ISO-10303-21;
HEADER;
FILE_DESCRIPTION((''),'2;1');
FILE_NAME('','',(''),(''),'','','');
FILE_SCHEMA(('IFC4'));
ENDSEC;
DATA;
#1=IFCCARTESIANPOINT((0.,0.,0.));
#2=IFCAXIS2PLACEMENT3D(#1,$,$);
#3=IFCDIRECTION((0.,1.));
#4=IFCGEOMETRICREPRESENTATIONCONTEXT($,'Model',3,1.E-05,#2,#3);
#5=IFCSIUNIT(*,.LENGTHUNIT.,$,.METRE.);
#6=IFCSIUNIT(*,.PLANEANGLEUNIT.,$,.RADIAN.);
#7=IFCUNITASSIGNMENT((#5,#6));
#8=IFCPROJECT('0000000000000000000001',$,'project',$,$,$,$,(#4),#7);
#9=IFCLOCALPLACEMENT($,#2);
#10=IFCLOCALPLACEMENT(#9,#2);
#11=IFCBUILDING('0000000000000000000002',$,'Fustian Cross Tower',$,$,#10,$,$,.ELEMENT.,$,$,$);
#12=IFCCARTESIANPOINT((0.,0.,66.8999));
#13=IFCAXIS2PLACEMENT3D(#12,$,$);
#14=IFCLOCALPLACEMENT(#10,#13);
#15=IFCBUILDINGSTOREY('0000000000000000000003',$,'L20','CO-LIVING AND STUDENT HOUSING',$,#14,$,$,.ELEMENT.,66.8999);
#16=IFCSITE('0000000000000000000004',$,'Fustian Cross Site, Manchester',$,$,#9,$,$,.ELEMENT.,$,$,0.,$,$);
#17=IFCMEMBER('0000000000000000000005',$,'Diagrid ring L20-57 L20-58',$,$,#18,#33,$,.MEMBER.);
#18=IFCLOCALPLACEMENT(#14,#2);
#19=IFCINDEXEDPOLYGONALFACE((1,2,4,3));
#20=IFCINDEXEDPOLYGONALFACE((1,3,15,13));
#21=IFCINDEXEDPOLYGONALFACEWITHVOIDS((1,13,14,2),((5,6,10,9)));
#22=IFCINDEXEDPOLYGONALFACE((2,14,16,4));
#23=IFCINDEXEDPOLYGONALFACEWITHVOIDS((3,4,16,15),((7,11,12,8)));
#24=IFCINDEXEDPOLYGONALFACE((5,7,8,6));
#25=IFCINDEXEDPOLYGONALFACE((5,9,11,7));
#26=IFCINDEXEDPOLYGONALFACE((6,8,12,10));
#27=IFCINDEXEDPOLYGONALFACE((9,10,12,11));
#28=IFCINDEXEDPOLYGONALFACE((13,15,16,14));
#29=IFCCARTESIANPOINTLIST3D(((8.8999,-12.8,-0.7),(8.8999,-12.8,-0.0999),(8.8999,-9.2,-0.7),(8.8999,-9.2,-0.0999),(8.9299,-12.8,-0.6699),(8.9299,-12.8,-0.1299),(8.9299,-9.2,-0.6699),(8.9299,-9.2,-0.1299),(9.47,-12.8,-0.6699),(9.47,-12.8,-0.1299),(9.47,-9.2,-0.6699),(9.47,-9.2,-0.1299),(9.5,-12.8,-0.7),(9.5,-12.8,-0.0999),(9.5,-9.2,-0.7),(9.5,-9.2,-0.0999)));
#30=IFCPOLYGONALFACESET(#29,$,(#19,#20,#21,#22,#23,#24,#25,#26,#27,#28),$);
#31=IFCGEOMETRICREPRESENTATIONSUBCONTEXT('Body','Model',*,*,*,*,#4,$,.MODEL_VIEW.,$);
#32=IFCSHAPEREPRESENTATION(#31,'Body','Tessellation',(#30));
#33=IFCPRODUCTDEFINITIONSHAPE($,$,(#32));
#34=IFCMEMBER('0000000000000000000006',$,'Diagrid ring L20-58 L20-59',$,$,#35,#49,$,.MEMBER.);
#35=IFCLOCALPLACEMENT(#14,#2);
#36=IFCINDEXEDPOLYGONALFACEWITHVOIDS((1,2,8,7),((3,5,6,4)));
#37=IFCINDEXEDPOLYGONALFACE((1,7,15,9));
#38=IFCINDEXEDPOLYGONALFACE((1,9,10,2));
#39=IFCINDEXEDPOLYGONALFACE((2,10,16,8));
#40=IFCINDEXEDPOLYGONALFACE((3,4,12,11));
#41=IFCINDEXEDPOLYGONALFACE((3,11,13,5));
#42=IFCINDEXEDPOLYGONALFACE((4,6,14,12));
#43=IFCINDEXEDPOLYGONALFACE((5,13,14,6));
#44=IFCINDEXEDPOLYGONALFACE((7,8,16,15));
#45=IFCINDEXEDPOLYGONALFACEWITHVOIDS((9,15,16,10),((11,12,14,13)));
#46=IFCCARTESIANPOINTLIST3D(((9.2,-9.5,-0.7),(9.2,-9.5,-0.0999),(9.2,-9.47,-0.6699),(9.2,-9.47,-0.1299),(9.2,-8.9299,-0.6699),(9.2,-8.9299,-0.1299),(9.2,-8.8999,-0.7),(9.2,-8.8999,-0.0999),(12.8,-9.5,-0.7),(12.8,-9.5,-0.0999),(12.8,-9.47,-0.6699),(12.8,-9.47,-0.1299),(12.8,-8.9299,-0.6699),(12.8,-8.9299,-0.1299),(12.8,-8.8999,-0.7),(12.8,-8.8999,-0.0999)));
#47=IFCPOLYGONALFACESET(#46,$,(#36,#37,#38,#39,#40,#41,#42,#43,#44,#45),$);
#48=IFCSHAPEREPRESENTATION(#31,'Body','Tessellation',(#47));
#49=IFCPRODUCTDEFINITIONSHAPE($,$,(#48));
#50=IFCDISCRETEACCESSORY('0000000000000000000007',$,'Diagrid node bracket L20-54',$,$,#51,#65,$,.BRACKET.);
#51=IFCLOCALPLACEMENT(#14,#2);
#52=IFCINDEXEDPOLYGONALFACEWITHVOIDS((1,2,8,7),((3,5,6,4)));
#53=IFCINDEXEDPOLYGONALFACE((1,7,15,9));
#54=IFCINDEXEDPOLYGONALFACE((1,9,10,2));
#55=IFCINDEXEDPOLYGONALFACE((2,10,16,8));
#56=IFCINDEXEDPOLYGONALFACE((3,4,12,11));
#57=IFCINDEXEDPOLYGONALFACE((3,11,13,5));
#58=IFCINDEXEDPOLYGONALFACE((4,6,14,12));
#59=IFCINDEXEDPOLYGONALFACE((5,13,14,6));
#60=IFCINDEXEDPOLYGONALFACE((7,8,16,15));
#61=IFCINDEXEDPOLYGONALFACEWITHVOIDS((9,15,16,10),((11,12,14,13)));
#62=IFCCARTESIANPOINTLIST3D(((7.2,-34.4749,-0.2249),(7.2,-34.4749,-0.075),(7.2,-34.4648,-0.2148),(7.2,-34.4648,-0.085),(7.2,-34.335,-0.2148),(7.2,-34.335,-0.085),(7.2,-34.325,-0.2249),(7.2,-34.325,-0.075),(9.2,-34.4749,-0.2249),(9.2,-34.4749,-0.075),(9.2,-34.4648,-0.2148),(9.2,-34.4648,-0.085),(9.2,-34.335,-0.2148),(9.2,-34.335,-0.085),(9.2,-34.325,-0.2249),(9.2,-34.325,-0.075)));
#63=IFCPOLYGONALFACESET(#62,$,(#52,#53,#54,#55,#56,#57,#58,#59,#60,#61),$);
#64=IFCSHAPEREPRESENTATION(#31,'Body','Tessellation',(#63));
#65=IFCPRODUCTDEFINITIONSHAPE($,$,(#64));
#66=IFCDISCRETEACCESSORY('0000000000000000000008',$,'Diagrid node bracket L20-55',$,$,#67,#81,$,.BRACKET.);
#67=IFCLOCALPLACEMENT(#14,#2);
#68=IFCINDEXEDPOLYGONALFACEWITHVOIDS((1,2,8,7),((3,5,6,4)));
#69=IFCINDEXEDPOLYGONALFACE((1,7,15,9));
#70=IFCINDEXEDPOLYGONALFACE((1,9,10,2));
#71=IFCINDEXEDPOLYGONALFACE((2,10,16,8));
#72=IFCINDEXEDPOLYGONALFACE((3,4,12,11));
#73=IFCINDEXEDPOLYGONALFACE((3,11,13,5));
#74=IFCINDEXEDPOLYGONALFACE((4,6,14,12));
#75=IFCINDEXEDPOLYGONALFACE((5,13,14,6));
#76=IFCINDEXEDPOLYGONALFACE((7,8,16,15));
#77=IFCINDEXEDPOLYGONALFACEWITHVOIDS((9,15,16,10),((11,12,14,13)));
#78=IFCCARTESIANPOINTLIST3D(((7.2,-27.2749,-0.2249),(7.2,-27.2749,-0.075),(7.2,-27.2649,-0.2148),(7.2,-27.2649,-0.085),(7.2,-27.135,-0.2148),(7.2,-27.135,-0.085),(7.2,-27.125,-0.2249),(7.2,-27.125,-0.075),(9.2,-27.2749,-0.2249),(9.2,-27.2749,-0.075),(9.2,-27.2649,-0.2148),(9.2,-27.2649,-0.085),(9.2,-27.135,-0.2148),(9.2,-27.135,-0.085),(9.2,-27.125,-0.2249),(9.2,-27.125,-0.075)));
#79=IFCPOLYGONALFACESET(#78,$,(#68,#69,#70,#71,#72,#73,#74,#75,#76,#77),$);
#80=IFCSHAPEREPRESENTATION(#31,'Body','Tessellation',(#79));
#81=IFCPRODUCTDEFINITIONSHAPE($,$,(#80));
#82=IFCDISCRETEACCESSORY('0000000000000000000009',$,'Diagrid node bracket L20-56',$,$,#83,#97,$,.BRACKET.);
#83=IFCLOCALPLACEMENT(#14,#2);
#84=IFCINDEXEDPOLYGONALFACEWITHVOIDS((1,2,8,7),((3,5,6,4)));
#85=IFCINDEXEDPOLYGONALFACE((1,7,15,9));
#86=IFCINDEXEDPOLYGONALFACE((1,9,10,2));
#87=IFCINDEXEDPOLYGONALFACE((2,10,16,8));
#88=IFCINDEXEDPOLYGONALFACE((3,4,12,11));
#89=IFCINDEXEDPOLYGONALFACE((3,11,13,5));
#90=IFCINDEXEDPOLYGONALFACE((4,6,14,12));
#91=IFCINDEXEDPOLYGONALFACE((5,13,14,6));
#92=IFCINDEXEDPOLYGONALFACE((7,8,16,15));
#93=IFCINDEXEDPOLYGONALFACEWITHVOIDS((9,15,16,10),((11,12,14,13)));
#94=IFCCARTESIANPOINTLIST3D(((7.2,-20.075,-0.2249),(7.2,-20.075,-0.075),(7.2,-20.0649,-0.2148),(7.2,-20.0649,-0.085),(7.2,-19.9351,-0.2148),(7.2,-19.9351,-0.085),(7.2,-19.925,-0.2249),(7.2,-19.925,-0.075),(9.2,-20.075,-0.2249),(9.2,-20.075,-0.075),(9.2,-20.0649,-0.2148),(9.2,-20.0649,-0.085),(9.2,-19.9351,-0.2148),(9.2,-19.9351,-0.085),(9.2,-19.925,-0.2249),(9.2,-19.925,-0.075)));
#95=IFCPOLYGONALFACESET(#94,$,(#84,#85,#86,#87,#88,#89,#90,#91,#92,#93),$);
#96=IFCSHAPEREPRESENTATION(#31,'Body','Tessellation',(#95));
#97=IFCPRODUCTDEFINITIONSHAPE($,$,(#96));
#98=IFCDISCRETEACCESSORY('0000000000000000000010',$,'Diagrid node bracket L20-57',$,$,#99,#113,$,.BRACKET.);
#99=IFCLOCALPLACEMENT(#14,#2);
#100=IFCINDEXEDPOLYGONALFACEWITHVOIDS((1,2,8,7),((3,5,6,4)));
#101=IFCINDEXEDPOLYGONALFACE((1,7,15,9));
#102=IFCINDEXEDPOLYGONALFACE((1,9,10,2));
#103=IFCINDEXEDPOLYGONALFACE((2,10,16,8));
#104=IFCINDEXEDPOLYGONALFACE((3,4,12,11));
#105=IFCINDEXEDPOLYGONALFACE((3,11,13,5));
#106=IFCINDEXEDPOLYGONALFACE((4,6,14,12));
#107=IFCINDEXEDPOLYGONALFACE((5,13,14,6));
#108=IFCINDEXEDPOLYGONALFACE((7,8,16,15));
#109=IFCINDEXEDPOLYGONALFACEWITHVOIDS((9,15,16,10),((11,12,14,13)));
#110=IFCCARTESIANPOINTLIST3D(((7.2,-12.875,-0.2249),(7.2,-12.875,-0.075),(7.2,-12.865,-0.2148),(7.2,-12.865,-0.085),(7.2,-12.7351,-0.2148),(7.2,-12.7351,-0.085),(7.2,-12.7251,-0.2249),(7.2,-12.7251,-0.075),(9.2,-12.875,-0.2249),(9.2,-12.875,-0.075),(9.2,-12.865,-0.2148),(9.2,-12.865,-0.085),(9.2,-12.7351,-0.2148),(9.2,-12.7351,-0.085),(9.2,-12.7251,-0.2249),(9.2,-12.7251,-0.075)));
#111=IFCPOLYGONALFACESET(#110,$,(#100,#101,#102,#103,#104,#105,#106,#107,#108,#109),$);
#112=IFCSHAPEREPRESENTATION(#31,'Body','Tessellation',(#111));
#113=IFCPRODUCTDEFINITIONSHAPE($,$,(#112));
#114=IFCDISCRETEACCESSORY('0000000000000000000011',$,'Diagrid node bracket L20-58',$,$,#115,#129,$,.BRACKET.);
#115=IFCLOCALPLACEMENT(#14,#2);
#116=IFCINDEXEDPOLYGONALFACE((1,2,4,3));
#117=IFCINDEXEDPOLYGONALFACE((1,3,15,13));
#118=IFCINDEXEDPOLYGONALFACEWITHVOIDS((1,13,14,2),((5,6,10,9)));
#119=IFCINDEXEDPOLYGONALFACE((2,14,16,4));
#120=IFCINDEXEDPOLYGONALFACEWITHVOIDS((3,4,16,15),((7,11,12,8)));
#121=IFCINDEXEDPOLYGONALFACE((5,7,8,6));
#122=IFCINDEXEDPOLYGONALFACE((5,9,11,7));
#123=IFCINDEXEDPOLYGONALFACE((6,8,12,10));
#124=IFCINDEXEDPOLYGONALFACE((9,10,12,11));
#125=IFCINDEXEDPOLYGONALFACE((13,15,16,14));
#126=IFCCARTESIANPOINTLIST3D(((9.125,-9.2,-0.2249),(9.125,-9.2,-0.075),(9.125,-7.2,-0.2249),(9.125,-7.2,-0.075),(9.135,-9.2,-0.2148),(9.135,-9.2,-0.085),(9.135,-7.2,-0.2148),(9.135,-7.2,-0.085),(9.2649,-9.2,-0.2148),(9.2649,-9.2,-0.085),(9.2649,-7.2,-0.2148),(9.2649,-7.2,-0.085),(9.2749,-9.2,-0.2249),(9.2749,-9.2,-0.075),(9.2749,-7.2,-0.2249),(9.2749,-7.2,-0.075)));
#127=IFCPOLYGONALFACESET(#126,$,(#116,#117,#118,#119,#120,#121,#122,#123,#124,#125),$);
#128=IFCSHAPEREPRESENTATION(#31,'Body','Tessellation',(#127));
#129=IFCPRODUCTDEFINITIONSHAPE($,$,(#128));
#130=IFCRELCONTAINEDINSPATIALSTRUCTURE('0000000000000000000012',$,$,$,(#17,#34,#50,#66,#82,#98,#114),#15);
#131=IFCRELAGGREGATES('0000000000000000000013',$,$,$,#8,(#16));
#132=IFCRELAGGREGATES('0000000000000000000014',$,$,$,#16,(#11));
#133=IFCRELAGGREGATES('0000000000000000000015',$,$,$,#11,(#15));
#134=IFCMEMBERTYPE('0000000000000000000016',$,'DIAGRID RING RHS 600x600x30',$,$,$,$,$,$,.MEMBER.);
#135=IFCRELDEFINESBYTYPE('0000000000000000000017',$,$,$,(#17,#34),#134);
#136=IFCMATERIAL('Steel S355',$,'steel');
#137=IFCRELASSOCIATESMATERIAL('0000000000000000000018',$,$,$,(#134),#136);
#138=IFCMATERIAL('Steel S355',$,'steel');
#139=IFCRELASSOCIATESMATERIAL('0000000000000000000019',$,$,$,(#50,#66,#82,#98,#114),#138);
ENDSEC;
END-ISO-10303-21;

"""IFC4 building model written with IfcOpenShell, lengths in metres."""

from ifc_helpers import new_model, si_unit, direction, frame, origin, origin_2d, place, context, subcontext, project, spatial, hollow_rectangle, extrude, material, material_profile, profile_set, type_object, element, save


model = new_model("IFC4")

# Units and contexts
model_context = context("Model", 3, precision=1e-05, world=origin(), true_north=direction((0.0, 1.0)))
body_context = subcontext(model_context, "Body", "Model", "MODEL_VIEW")
ifc_project = project(units=[si_unit("LENGTHUNIT", "METRE"), si_unit("PLANEANGLEUNIT", "RADIAN")], contexts=[model_context])

# Site, building, storey
site_placement = place(None, origin())
site = spatial("IfcSite", under=ifc_project, at=site_placement, Name="Fustian Cross Site, Manchester", CompositionType="ELEMENT", RefElevation=0.0)
building_placement = place(site_placement, origin())
building = spatial("IfcBuilding", under=site, at=building_placement, Name="Fustian Cross Tower", CompositionType="ELEMENT")
storey_placement = place(building_placement, frame((0.0, 0.0, 66.8999)))
storey = spatial("IfcBuildingStorey", under=building, at=storey_placement, Name="L20", Description="CO-LIVING AND STUDENT HOUSING", CompositionType="ELEMENT", Elevation=66.8999)

# Members
ifc_material_1 = material(Name="Steel S355", Category="steel")
ifc_material_profile_1 = material_profile(ifc_material_1, hollow_rectangle(XDim=0.6001, YDim=0.6001, WallThickness=0.03, at=origin_2d()), Name="RHS 600x600x30")
ifc_profile_set_1 = profile_set([ifc_material_profile_1], Name="Steel S355")
member_type_1 = type_object("IfcMemberType", Name="DIAGRID RING RHS 600x600x30", PredefinedType="MEMBER", material=ifc_profile_set_1)
for number, where, z_axis, x_axis, name in (
    (1, (9.2, -12.8, -0.3999), (0.0, 1.0, 0.0), (-1.0, 0.0, 0.0), "Diagrid ring L20-57 L20-58"),
    (2, (9.2, -9.2, -0.3999), (1.0, 0.0, 0.0), (0.0, 1.0, 0.0), "Diagrid ring L20-58 L20-59"),
):
    element("IfcMember", number, at=place(storey_placement, frame(where, z_axis=z_axis, x_axis=x_axis)), inside=storey, type_object=member_type_1, Name=name, PredefinedType="MEMBER", context=body_context, shape_type="SweptSolid", body=[
        extrude(hollow_rectangle(XDim=0.6001, YDim=0.6001, WallThickness=0.03, at=origin_2d()), origin(), (0.0, 0.0, 1.0), 3.6001),
    ])

# Discrete accessories
ifc_material_2 = material(Name="Steel S355", Category="steel")
for number, where, z_axis, x_axis, name in (
    (3, (9.2, -34.3999, -0.1499), (-1.0, 0.0, 0.0), (0.0, -1.0, 0.0), "Diagrid node bracket L20-54"),
    (4, (9.2, -27.2, -0.1499), (-1.0, 0.0, 0.0), (0.0, -1.0, 0.0), "Diagrid node bracket L20-55"),
    (5, (9.2, -20.0, -0.1499), (-1.0, 0.0, 0.0), (0.0, -1.0, 0.0), "Diagrid node bracket L20-56"),
    (6, (9.2, -12.8, -0.1499), (-1.0, 0.0, 0.0), (0.0, -1.0, 0.0), "Diagrid node bracket L20-57"),
    (7, (9.2, -9.2, -0.1499), (0.0, 1.0, 0.0), (-1.0, 0.0, 0.0), "Diagrid node bracket L20-58"),
):
    element("IfcDiscreteAccessory", number, at=place(storey_placement, frame(where, z_axis=z_axis, x_axis=x_axis)), inside=storey, material=ifc_material_2, Name=name, PredefinedType="BRACKET", context=body_context, shape_type="SweptSolid", body=[
        extrude(hollow_rectangle(XDim=0.1499, YDim=0.1499, WallThickness=0.01, at=origin_2d()), origin(), (0.0, 0.0, 1.0), 2.0),
    ])

save(model, "model.ifc")
